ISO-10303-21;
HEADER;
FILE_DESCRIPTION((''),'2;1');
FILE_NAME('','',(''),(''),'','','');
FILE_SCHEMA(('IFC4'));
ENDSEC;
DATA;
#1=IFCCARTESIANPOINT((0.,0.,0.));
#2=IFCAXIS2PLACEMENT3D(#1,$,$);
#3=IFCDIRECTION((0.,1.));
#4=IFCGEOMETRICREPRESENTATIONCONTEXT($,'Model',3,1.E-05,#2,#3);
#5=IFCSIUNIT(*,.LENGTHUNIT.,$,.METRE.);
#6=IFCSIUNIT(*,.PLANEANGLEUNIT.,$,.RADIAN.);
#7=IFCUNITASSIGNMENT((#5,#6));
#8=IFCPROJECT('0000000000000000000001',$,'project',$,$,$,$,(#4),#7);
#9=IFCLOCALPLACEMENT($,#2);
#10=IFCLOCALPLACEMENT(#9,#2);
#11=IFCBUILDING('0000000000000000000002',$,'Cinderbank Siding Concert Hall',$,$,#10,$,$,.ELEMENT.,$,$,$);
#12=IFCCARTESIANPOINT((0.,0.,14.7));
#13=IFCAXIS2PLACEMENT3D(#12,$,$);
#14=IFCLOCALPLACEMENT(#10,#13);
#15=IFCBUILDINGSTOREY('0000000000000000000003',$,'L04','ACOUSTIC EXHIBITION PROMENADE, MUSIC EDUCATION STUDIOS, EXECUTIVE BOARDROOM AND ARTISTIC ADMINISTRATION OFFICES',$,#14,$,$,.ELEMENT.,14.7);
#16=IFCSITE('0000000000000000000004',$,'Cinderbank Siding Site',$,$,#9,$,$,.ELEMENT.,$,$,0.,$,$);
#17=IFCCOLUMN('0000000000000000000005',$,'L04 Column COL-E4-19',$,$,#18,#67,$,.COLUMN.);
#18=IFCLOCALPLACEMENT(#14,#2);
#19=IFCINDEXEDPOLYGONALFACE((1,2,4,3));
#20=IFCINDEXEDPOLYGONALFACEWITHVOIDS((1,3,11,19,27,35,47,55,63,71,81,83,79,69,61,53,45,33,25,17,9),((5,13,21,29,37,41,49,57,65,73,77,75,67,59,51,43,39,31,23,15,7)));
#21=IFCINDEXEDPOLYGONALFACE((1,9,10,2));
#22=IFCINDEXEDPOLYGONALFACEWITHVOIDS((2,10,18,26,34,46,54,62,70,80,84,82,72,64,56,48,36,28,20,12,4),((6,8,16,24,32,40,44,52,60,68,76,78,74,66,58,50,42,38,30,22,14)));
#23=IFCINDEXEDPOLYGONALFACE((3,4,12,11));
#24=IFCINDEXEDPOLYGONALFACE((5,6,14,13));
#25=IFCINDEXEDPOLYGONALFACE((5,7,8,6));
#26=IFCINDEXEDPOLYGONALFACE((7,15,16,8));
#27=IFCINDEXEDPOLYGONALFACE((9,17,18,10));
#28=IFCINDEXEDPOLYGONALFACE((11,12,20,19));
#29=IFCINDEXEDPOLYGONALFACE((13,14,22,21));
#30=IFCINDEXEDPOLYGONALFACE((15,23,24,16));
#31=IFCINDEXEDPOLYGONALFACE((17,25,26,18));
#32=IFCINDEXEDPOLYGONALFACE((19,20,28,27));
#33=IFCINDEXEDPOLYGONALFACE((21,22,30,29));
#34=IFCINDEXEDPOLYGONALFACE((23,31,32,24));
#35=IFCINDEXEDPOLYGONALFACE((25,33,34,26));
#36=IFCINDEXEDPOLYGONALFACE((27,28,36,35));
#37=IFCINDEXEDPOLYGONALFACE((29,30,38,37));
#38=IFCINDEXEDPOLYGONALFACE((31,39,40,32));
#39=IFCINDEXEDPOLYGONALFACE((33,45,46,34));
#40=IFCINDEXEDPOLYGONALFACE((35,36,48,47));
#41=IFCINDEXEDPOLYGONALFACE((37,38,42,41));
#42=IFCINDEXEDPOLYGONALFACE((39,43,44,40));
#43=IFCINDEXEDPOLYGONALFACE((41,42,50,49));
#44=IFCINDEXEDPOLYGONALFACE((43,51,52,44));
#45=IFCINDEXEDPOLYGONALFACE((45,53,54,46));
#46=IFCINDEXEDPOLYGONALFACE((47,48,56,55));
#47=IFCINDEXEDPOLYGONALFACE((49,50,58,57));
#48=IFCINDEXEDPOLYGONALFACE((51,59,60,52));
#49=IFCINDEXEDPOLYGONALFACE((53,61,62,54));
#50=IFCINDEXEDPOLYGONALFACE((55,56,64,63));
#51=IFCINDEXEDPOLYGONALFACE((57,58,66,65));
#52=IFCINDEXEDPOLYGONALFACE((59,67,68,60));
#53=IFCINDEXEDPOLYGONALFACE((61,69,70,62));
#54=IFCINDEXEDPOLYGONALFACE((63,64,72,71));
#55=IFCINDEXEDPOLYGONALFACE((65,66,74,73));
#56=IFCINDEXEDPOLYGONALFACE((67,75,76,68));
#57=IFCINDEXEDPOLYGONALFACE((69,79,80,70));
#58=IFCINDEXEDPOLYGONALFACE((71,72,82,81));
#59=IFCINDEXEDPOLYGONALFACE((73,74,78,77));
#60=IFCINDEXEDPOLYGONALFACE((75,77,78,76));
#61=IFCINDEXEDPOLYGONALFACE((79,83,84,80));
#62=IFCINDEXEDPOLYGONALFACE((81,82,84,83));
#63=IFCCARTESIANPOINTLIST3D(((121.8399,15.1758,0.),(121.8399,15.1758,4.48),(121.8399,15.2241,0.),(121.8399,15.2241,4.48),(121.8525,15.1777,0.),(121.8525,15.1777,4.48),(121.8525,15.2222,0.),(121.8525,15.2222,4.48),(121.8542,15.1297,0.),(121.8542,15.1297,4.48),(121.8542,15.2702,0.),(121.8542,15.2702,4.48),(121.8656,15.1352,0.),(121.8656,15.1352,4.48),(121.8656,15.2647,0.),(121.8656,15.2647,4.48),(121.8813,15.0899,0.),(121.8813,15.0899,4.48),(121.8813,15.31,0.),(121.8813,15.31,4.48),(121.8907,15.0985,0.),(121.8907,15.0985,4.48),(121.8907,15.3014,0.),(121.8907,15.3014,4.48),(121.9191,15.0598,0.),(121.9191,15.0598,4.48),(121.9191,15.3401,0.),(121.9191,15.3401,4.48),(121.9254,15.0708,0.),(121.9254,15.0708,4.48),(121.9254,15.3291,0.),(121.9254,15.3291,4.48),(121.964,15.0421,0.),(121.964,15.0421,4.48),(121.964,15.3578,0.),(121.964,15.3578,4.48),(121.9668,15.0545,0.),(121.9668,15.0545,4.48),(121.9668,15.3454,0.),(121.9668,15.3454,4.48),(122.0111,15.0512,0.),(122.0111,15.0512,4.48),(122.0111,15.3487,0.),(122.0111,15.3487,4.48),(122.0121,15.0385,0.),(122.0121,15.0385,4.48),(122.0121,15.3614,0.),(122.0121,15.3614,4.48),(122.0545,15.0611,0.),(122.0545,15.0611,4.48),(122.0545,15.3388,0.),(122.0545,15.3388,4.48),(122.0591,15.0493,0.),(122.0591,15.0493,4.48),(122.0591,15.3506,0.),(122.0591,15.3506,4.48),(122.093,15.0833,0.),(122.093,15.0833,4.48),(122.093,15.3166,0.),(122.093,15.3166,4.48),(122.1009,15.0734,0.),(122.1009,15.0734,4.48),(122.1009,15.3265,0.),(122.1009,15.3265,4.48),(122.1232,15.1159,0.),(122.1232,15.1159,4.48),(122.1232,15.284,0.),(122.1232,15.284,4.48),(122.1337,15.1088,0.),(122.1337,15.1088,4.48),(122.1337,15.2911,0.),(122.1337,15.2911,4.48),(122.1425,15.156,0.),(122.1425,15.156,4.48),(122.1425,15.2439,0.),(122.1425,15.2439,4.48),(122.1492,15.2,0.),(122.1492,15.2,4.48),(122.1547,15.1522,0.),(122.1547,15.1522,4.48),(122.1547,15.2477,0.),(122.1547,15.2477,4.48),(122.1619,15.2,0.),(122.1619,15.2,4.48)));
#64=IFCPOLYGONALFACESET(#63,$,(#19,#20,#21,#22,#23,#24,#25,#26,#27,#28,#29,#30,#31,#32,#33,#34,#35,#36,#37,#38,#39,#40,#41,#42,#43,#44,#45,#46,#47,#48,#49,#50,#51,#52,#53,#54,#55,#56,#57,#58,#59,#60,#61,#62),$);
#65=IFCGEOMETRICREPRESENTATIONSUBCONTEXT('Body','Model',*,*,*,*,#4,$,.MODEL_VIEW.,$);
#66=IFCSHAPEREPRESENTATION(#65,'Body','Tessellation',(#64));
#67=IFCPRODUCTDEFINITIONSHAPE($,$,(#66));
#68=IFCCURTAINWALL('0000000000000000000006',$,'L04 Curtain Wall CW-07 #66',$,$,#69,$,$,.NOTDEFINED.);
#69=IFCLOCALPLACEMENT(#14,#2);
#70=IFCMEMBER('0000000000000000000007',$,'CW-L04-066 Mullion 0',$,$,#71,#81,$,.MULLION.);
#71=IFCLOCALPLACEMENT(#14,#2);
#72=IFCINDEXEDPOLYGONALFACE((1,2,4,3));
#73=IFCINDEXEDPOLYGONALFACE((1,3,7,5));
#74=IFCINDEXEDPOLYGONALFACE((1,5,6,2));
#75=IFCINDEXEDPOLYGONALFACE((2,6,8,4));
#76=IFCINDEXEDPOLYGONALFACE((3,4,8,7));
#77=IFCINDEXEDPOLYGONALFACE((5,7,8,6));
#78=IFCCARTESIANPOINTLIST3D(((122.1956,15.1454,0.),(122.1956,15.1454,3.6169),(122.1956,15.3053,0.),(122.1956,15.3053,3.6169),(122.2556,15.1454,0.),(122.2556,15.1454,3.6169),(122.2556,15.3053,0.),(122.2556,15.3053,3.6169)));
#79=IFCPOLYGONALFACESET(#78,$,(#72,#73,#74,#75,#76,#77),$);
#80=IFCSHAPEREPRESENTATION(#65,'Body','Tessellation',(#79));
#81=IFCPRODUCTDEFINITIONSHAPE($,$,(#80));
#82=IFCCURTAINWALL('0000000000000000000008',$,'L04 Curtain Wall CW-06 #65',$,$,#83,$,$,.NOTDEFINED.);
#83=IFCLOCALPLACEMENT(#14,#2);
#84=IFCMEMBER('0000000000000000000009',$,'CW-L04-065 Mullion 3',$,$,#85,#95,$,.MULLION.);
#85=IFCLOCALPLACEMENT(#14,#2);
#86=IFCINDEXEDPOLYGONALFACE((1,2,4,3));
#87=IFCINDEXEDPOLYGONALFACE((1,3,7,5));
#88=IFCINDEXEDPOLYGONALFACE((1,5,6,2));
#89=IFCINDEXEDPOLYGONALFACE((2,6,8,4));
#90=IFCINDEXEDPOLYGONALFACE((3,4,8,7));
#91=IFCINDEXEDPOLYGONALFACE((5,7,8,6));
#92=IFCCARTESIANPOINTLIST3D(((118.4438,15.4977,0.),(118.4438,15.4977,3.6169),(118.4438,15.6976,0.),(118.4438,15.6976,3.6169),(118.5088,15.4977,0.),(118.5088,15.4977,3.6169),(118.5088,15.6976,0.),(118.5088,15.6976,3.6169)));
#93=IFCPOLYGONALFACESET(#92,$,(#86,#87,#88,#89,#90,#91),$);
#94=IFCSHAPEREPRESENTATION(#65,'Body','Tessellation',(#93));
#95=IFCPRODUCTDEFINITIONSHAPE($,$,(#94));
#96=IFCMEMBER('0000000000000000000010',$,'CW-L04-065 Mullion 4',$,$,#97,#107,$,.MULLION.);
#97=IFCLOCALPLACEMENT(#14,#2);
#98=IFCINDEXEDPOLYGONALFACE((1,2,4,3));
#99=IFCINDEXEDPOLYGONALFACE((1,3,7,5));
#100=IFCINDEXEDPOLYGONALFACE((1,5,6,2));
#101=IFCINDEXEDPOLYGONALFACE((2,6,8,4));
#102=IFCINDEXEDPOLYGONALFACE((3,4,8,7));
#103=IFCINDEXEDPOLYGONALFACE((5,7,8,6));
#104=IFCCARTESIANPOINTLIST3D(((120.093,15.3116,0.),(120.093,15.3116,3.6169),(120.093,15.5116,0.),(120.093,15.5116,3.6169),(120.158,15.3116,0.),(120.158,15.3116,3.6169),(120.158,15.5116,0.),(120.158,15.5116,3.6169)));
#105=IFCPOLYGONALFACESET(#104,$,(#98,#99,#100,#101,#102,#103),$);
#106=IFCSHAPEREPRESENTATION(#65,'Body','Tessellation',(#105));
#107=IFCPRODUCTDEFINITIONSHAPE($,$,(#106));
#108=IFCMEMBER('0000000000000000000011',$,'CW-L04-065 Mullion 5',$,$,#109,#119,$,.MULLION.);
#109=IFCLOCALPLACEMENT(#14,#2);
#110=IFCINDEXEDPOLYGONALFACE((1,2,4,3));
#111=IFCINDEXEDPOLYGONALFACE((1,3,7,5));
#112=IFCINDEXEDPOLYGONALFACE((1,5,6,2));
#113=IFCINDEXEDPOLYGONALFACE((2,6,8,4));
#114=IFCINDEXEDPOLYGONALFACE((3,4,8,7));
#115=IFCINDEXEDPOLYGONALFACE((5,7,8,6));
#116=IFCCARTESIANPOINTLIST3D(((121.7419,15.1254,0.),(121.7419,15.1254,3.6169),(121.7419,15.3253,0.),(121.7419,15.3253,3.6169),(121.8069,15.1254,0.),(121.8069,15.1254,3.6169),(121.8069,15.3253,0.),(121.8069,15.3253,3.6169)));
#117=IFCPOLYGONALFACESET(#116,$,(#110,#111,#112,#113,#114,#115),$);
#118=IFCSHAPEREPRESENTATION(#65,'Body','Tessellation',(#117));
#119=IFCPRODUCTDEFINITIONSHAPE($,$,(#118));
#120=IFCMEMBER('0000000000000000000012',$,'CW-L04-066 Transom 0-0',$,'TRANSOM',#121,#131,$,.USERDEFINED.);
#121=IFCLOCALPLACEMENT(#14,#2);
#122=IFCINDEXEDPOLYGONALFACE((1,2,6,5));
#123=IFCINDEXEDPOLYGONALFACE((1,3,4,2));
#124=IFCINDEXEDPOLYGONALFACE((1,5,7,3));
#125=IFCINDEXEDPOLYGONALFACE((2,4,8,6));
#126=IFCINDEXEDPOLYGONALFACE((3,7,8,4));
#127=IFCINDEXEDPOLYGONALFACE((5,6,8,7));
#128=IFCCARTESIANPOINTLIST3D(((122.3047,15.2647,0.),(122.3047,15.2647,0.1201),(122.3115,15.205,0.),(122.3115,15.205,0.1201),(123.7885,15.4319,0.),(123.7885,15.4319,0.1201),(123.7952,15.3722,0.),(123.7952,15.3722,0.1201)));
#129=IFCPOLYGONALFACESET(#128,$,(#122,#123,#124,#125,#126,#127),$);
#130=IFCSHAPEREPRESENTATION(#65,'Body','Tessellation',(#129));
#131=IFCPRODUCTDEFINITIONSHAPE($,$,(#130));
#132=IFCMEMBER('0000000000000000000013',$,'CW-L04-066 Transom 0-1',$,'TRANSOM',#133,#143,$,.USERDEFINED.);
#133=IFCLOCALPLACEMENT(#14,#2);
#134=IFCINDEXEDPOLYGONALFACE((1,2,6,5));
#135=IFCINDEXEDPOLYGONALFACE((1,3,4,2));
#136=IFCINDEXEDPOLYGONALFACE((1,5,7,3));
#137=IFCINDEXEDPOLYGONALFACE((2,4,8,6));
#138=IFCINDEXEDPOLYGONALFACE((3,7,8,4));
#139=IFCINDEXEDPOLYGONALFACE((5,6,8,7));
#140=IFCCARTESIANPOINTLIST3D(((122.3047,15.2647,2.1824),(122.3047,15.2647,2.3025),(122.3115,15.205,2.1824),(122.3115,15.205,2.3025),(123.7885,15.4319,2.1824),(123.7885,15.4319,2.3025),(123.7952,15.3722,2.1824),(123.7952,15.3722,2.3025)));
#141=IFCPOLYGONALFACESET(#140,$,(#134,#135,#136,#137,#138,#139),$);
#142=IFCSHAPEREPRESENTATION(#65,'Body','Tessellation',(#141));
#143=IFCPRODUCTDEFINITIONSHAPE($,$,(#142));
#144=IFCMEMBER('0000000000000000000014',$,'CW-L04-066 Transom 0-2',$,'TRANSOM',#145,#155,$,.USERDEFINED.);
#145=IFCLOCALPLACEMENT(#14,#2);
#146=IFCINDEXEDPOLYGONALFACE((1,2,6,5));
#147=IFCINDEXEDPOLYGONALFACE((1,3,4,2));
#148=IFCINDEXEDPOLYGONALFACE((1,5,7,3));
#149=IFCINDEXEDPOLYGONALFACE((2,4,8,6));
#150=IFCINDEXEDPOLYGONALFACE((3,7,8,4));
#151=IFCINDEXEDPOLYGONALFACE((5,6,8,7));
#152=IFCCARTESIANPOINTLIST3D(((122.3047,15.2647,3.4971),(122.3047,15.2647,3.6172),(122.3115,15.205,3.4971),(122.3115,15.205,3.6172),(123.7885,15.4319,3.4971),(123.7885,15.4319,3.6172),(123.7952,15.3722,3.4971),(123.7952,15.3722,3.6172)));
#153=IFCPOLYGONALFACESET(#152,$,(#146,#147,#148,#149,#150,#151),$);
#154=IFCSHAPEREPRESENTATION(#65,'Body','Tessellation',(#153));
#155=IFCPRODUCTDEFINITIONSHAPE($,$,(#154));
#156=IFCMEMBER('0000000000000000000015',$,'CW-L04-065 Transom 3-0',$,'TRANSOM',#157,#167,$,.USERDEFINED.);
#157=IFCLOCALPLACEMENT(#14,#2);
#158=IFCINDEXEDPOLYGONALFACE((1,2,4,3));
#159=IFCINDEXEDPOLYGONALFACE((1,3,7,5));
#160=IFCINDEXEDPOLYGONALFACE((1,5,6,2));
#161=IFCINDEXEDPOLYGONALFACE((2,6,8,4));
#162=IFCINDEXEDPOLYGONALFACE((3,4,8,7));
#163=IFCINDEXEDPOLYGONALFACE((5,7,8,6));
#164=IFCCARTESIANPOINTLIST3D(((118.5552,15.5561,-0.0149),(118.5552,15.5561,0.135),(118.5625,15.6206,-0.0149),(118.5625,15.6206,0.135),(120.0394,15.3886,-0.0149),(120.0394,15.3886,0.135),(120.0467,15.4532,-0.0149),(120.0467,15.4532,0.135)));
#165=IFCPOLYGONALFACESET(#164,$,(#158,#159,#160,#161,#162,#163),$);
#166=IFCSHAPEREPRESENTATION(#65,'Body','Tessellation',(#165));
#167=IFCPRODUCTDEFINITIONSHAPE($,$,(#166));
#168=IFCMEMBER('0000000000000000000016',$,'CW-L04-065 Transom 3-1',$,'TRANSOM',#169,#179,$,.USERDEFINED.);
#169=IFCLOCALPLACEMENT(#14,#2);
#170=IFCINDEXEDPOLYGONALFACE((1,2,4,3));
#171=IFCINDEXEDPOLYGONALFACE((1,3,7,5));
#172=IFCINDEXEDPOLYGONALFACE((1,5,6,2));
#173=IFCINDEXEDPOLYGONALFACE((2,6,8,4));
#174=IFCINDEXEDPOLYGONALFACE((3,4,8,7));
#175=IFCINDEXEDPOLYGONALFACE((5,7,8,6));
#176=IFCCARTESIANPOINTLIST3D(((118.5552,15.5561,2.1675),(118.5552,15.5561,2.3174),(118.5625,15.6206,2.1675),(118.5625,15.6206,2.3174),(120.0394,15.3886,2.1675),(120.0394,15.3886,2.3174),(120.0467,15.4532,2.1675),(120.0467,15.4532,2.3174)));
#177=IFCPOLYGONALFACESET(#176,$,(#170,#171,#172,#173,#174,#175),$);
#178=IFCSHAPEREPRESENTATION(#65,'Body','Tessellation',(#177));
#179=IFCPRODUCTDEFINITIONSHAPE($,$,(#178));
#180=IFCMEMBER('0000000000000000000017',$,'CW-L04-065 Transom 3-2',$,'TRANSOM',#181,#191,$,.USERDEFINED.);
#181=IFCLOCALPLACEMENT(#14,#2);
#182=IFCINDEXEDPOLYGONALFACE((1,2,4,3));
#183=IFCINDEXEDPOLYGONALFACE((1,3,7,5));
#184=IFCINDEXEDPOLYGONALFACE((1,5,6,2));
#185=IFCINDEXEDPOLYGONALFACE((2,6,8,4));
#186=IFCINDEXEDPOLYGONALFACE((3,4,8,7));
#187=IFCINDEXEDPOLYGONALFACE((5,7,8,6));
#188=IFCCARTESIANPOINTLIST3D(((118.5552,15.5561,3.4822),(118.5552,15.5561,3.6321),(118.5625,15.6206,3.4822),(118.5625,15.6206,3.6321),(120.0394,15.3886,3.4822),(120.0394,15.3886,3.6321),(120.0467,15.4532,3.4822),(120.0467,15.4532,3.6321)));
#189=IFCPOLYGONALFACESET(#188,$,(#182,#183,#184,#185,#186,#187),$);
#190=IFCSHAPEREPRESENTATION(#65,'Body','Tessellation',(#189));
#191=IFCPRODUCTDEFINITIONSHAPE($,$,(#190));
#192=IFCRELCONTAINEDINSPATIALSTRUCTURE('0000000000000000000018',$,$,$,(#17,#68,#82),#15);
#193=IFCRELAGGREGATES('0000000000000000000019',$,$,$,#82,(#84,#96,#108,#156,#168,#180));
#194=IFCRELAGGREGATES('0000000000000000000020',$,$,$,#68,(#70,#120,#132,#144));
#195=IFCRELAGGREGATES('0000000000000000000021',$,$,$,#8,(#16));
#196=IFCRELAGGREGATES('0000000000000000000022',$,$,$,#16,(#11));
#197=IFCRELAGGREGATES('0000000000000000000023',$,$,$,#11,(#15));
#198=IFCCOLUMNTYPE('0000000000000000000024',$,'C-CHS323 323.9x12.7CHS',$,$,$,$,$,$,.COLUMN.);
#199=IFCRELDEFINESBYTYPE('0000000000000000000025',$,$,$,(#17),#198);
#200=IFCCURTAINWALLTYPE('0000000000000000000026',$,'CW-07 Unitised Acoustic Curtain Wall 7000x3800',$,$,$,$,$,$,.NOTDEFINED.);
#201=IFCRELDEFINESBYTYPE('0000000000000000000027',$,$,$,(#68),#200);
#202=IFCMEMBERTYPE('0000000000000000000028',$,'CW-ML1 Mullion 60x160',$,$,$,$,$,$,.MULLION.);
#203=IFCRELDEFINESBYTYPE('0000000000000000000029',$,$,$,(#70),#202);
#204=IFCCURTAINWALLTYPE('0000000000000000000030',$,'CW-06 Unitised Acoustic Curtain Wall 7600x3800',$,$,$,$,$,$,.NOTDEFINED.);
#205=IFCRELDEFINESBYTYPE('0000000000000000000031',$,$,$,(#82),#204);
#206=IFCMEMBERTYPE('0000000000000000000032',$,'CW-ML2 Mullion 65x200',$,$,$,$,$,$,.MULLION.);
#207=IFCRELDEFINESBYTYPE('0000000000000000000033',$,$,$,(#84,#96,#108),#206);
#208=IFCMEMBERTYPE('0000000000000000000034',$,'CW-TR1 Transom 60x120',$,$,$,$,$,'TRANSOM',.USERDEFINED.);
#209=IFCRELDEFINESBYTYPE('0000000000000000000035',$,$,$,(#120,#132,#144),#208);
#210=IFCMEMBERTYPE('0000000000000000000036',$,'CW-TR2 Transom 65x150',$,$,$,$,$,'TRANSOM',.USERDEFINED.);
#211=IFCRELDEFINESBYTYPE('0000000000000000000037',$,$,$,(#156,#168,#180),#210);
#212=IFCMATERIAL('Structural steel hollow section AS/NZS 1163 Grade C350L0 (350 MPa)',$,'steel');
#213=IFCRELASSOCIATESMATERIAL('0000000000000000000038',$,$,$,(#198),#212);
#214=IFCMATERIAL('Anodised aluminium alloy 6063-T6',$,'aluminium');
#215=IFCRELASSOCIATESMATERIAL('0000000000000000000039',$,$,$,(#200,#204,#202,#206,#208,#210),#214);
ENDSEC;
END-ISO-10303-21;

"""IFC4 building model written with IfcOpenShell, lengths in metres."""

from ifc_helpers import new_model, si_unit, direction, frame, origin, origin_2d, place, context, subcontext, project, spatial, rectangle, hollow_circle, extrude, material, material_profile, profile_set, type_object, element, aggregate, save


model = new_model("IFC4")

# Units and contexts
model_context = context("Model", 3, precision=1e-05, world=origin(), true_north=direction((0.0, 1.0)))
body_context = subcontext(model_context, "Body", "Model", "MODEL_VIEW")
ifc_project = project(units=[si_unit("LENGTHUNIT", "METRE"), si_unit("PLANEANGLEUNIT", "RADIAN")], contexts=[model_context])

# Site, building, storey
site_placement = place(None, origin())
site = spatial("IfcSite", under=ifc_project, at=site_placement, Name="Cinderbank Siding Site", CompositionType="ELEMENT", RefElevation=0.0)
building_placement = place(site_placement, origin())
building = spatial("IfcBuilding", under=site, at=building_placement, Name="Cinderbank Siding Concert Hall", CompositionType="ELEMENT")
storey_placement = place(building_placement, frame((0.0, 0.0, 14.7)))
storey = spatial("IfcBuildingStorey", under=building, at=storey_placement, Name="L04", Description="ACOUSTIC EXHIBITION PROMENADE, MUSIC EDUCATION STUDIOS, EXECUTIVE BOARDROOM AND ARTISTIC ADMINISTRATION OFFICES", CompositionType="ELEMENT", Elevation=14.7)

# Column
ifc_material_1 = material(Name="Structural steel hollow section AS/NZS 1163 Grade C350L0 (350 MPa)", Category="steel")
ifc_material_profile_1 = material_profile(ifc_material_1, hollow_circle(Radius=0.1619, WallThickness=0.0127, at=origin_2d()), Name="323.9x12.7CHS", Category="LoadBearing")
ifc_profile_set_1 = profile_set([ifc_material_profile_1], Name="Structural steel hollow section AS/NZS 1163 Grade C350L0 (350 MPa)")
column_type = type_object("IfcColumnType", Name="C-CHS323 323.9x12.7CHS", PredefinedType="COLUMN", material=ifc_profile_set_1)
column_placement = place(storey_placement, frame((122.0, 15.2, 0.0), z_axis=(0.0, 0.0, 1.0), x_axis=(1.0, 0.0, 0.0)))
element("IfcColumn", 1, at=column_placement, inside=storey, type_object=column_type, Name="L04 Column COL-E4-19", PredefinedType="COLUMN", context=body_context, shape_type="SweptSolid", body=[
    extrude(hollow_circle(Radius=0.1619, WallThickness=0.0127, at=origin_2d()), origin(), (0.0, 0.0, 1.0), 4.48),
])

# Curtain wall, member
ifc_material_2 = material(Name="Anodised aluminium alloy 6063-T6", Category="aluminium")
curtain_wall_type_1 = type_object("IfcCurtainWallType", Name="CW-07 Unitised Acoustic Curtain Wall 7000x3800", PredefinedType="NOTDEFINED", material=ifc_material_2)
curtain_wall_1_placement = place(storey_placement, origin())
curtain_wall_1 = element("IfcCurtainWall", 2, at=curtain_wall_1_placement, inside=storey, type_object=curtain_wall_type_1, Name="L04 Curtain Wall CW-07 #66", PredefinedType="NOTDEFINED")
ifc_material_profile_2 = material_profile(ifc_material_2, rectangle(XDim=0.0601, YDim=0.1599, at=origin_2d()), Name="ALU-MULL-60x160", Category="LoadBearing")
ifc_profile_set_2 = profile_set([ifc_material_profile_2], Name="Anodised aluminium alloy 6063-T6")
member_type_1 = type_object("IfcMemberType", Name="CW-ML1 Mullion 60x160", PredefinedType="MULLION", material=ifc_profile_set_2)
member_1_placement = place(storey_placement, frame((122.2256, 15.2253, 0.0), z_axis=(0.0, 0.0, 1.0), x_axis=(1.0, 0.0, 0.0)))
member_1 = element("IfcMember", 3, at=member_1_placement, type_object=member_type_1, Name="CW-L04-066 Mullion 0", PredefinedType="MULLION", context=body_context, shape_type="SweptSolid", body=[
    extrude(rectangle(XDim=0.0601, YDim=0.1599, at=origin_2d()), origin(), (0.0, 0.0, 1.0), 3.6169),
])

# Curtain wall, members
curtain_wall_type_2 = type_object("IfcCurtainWallType", Name="CW-06 Unitised Acoustic Curtain Wall 7600x3800", PredefinedType="NOTDEFINED", material=ifc_material_2)
curtain_wall_2_placement = place(storey_placement, origin())
curtain_wall_2 = element("IfcCurtainWall", 4, at=curtain_wall_2_placement, inside=storey, type_object=curtain_wall_type_2, Name="L04 Curtain Wall CW-06 #65", PredefinedType="NOTDEFINED")
ifc_material_profile_3 = material_profile(ifc_material_2, rectangle(XDim=0.0649, YDim=0.2, at=origin_2d()), Name="ALU-MULL-65x200", Category="LoadBearing")
ifc_profile_set_3 = profile_set([ifc_material_profile_3], Name="Anodised aluminium alloy 6063-T6")
member_type_2 = type_object("IfcMemberType", Name="CW-ML2 Mullion 65x200", PredefinedType="MULLION", material=ifc_profile_set_3)
member_2_placement = place(storey_placement, frame((118.4763, 15.5977, 0.0), z_axis=(0.0, 0.0, 1.0), x_axis=(1.0, 0.0, 0.0)))
member_2 = element("IfcMember", 5, at=member_2_placement, type_object=member_type_2, Name="CW-L04-065 Mullion 3", PredefinedType="MULLION", context=body_context, shape_type="SweptSolid", body=[
    extrude(rectangle(XDim=0.0649, YDim=0.2, at=origin_2d()), origin(), (0.0, 0.0, 1.0), 3.6169),
])
member_3_placement = place(storey_placement, frame((120.1255, 15.4116, 0.0), z_axis=(0.0, 0.0, 1.0), x_axis=(1.0, 0.0, 0.0)))
member_3 = element("IfcMember", 6, at=member_3_placement, type_object=member_type_2, Name="CW-L04-065 Mullion 4", PredefinedType="MULLION", context=body_context, shape_type="SweptSolid", body=[
    extrude(rectangle(XDim=0.0649, YDim=0.2, at=origin_2d()), origin(), (0.0, 0.0, 1.0), 3.6169),
])
member_4_placement = place(storey_placement, frame((121.7744, 15.2253, 0.0), z_axis=(0.0, 0.0, 1.0), x_axis=(1.0, 0.0, 0.0)))
member_4 = element("IfcMember", 7, at=member_4_placement, type_object=member_type_2, Name="CW-L04-065 Mullion 5", PredefinedType="MULLION", context=body_context, shape_type="SweptSolid", body=[
    extrude(rectangle(XDim=0.0649, YDim=0.2, at=origin_2d()), origin(), (0.0, 0.0, 1.0), 3.6169),
])

# Members
ifc_material_profile_4 = material_profile(ifc_material_2, rectangle(XDim=0.0601, YDim=0.1201, at=origin_2d()), Name="ALU-TRAN-60x120", Category="LoadBearing")
ifc_profile_set_4 = profile_set([ifc_material_profile_4], Name="Anodised aluminium alloy 6063-T6")
member_type_3 = type_object("IfcMemberType", Name="CW-TR1 Transom 60x120", ElementType="TRANSOM", PredefinedType="USERDEFINED", material=ifc_profile_set_4)
member_5_placement = place(storey_placement, frame((122.3081, 15.2349, 0.0601), z_axis=(0.993709, 0.111993, 0.0), x_axis=(-0.111993, 0.993709, 0.0)))
member_5 = element("IfcMember", 8, at=member_5_placement, type_object=member_type_3, Name="CW-L04-066 Transom 0-0", ObjectType="TRANSOM", PredefinedType="USERDEFINED", context=body_context, shape_type="SweptSolid", body=[
    extrude(rectangle(XDim=0.0601, YDim=0.1201, at=origin_2d()), origin(), (0.0, 0.0, 1.0), 1.4932),
])
member_6_placement = place(storey_placement, frame((122.3081, 15.2349, 2.2424), z_axis=(0.993709, 0.111993, 0.0), x_axis=(-0.111993, 0.993709, 0.0)))
member_6 = element("IfcMember", 9, at=member_6_placement, type_object=member_type_3, Name="CW-L04-066 Transom 0-1", ObjectType="TRANSOM", PredefinedType="USERDEFINED", context=body_context, shape_type="SweptSolid", body=[
    extrude(rectangle(XDim=0.0601, YDim=0.1201, at=origin_2d()), origin(), (0.0, 0.0, 1.0), 1.4932),
])
member_7_placement = place(storey_placement, frame((122.3081, 15.2349, 3.5571), z_axis=(0.993709, 0.111993, 0.0), x_axis=(-0.111993, 0.993709, 0.0)))
member_7 = element("IfcMember", 10, at=member_7_placement, type_object=member_type_3, Name="CW-L04-066 Transom 0-2", ObjectType="TRANSOM", PredefinedType="USERDEFINED", context=body_context, shape_type="SweptSolid", body=[
    extrude(rectangle(XDim=0.0601, YDim=0.1201, at=origin_2d()), origin(), (0.0, 0.0, 1.0), 1.4932),
])
ifc_material_profile_5 = material_profile(ifc_material_2, rectangle(XDim=0.0649, YDim=0.1499, at=origin_2d()), Name="ALU-TRAN-65x150", Category="LoadBearing")
ifc_profile_set_5 = profile_set([ifc_material_profile_5], Name="Anodised aluminium alloy 6063-T6")
member_type_4 = type_object("IfcMemberType", Name="CW-TR2 Transom 65x150", ElementType="TRANSOM", PredefinedType="USERDEFINED", material=ifc_profile_set_5)
member_8_placement = place(storey_placement, frame((118.5588, 15.5884, 0.0601), z_axis=(0.993693, -0.112136, 0.0), x_axis=(0.112136, 0.993693, 0.0)))
member_8 = element("IfcMember", 11, at=member_8_placement, type_object=member_type_4, Name="CW-L04-065 Transom 3-0", ObjectType="TRANSOM", PredefinedType="USERDEFINED", context=body_context, shape_type="SweptSolid", body=[
    extrude(rectangle(XDim=0.0649, YDim=0.1499, at=origin_2d()), origin(), (0.0, 0.0, 1.0), 1.4937),
])
member_9_placement = place(storey_placement, frame((118.5588, 15.5884, 2.2424), z_axis=(0.993693, -0.112136, 0.0), x_axis=(0.112136, 0.993693, 0.0)))
member_9 = element("IfcMember", 12, at=member_9_placement, type_object=member_type_4, Name="CW-L04-065 Transom 3-1", ObjectType="TRANSOM", PredefinedType="USERDEFINED", context=body_context, shape_type="SweptSolid", body=[
    extrude(rectangle(XDim=0.0649, YDim=0.1499, at=origin_2d()), origin(), (0.0, 0.0, 1.0), 1.4937),
])
member_10_placement = place(storey_placement, frame((118.5588, 15.5884, 3.5571), z_axis=(0.993693, -0.112136, 0.0), x_axis=(0.112136, 0.993693, 0.0)))
member_10 = element("IfcMember", 13, at=member_10_placement, type_object=member_type_4, Name="CW-L04-065 Transom 3-2", ObjectType="TRANSOM", PredefinedType="USERDEFINED", context=body_context, shape_type="SweptSolid", body=[
    extrude(rectangle(XDim=0.0649, YDim=0.1499, at=origin_2d()), origin(), (0.0, 0.0, 1.0), 1.4937),
])

aggregate(curtain_wall_2, [member_2, member_3, member_4, member_8, member_9, member_10])
aggregate(curtain_wall_1, [member_1, member_5, member_6, member_7])

save(model, "model.ifc")
